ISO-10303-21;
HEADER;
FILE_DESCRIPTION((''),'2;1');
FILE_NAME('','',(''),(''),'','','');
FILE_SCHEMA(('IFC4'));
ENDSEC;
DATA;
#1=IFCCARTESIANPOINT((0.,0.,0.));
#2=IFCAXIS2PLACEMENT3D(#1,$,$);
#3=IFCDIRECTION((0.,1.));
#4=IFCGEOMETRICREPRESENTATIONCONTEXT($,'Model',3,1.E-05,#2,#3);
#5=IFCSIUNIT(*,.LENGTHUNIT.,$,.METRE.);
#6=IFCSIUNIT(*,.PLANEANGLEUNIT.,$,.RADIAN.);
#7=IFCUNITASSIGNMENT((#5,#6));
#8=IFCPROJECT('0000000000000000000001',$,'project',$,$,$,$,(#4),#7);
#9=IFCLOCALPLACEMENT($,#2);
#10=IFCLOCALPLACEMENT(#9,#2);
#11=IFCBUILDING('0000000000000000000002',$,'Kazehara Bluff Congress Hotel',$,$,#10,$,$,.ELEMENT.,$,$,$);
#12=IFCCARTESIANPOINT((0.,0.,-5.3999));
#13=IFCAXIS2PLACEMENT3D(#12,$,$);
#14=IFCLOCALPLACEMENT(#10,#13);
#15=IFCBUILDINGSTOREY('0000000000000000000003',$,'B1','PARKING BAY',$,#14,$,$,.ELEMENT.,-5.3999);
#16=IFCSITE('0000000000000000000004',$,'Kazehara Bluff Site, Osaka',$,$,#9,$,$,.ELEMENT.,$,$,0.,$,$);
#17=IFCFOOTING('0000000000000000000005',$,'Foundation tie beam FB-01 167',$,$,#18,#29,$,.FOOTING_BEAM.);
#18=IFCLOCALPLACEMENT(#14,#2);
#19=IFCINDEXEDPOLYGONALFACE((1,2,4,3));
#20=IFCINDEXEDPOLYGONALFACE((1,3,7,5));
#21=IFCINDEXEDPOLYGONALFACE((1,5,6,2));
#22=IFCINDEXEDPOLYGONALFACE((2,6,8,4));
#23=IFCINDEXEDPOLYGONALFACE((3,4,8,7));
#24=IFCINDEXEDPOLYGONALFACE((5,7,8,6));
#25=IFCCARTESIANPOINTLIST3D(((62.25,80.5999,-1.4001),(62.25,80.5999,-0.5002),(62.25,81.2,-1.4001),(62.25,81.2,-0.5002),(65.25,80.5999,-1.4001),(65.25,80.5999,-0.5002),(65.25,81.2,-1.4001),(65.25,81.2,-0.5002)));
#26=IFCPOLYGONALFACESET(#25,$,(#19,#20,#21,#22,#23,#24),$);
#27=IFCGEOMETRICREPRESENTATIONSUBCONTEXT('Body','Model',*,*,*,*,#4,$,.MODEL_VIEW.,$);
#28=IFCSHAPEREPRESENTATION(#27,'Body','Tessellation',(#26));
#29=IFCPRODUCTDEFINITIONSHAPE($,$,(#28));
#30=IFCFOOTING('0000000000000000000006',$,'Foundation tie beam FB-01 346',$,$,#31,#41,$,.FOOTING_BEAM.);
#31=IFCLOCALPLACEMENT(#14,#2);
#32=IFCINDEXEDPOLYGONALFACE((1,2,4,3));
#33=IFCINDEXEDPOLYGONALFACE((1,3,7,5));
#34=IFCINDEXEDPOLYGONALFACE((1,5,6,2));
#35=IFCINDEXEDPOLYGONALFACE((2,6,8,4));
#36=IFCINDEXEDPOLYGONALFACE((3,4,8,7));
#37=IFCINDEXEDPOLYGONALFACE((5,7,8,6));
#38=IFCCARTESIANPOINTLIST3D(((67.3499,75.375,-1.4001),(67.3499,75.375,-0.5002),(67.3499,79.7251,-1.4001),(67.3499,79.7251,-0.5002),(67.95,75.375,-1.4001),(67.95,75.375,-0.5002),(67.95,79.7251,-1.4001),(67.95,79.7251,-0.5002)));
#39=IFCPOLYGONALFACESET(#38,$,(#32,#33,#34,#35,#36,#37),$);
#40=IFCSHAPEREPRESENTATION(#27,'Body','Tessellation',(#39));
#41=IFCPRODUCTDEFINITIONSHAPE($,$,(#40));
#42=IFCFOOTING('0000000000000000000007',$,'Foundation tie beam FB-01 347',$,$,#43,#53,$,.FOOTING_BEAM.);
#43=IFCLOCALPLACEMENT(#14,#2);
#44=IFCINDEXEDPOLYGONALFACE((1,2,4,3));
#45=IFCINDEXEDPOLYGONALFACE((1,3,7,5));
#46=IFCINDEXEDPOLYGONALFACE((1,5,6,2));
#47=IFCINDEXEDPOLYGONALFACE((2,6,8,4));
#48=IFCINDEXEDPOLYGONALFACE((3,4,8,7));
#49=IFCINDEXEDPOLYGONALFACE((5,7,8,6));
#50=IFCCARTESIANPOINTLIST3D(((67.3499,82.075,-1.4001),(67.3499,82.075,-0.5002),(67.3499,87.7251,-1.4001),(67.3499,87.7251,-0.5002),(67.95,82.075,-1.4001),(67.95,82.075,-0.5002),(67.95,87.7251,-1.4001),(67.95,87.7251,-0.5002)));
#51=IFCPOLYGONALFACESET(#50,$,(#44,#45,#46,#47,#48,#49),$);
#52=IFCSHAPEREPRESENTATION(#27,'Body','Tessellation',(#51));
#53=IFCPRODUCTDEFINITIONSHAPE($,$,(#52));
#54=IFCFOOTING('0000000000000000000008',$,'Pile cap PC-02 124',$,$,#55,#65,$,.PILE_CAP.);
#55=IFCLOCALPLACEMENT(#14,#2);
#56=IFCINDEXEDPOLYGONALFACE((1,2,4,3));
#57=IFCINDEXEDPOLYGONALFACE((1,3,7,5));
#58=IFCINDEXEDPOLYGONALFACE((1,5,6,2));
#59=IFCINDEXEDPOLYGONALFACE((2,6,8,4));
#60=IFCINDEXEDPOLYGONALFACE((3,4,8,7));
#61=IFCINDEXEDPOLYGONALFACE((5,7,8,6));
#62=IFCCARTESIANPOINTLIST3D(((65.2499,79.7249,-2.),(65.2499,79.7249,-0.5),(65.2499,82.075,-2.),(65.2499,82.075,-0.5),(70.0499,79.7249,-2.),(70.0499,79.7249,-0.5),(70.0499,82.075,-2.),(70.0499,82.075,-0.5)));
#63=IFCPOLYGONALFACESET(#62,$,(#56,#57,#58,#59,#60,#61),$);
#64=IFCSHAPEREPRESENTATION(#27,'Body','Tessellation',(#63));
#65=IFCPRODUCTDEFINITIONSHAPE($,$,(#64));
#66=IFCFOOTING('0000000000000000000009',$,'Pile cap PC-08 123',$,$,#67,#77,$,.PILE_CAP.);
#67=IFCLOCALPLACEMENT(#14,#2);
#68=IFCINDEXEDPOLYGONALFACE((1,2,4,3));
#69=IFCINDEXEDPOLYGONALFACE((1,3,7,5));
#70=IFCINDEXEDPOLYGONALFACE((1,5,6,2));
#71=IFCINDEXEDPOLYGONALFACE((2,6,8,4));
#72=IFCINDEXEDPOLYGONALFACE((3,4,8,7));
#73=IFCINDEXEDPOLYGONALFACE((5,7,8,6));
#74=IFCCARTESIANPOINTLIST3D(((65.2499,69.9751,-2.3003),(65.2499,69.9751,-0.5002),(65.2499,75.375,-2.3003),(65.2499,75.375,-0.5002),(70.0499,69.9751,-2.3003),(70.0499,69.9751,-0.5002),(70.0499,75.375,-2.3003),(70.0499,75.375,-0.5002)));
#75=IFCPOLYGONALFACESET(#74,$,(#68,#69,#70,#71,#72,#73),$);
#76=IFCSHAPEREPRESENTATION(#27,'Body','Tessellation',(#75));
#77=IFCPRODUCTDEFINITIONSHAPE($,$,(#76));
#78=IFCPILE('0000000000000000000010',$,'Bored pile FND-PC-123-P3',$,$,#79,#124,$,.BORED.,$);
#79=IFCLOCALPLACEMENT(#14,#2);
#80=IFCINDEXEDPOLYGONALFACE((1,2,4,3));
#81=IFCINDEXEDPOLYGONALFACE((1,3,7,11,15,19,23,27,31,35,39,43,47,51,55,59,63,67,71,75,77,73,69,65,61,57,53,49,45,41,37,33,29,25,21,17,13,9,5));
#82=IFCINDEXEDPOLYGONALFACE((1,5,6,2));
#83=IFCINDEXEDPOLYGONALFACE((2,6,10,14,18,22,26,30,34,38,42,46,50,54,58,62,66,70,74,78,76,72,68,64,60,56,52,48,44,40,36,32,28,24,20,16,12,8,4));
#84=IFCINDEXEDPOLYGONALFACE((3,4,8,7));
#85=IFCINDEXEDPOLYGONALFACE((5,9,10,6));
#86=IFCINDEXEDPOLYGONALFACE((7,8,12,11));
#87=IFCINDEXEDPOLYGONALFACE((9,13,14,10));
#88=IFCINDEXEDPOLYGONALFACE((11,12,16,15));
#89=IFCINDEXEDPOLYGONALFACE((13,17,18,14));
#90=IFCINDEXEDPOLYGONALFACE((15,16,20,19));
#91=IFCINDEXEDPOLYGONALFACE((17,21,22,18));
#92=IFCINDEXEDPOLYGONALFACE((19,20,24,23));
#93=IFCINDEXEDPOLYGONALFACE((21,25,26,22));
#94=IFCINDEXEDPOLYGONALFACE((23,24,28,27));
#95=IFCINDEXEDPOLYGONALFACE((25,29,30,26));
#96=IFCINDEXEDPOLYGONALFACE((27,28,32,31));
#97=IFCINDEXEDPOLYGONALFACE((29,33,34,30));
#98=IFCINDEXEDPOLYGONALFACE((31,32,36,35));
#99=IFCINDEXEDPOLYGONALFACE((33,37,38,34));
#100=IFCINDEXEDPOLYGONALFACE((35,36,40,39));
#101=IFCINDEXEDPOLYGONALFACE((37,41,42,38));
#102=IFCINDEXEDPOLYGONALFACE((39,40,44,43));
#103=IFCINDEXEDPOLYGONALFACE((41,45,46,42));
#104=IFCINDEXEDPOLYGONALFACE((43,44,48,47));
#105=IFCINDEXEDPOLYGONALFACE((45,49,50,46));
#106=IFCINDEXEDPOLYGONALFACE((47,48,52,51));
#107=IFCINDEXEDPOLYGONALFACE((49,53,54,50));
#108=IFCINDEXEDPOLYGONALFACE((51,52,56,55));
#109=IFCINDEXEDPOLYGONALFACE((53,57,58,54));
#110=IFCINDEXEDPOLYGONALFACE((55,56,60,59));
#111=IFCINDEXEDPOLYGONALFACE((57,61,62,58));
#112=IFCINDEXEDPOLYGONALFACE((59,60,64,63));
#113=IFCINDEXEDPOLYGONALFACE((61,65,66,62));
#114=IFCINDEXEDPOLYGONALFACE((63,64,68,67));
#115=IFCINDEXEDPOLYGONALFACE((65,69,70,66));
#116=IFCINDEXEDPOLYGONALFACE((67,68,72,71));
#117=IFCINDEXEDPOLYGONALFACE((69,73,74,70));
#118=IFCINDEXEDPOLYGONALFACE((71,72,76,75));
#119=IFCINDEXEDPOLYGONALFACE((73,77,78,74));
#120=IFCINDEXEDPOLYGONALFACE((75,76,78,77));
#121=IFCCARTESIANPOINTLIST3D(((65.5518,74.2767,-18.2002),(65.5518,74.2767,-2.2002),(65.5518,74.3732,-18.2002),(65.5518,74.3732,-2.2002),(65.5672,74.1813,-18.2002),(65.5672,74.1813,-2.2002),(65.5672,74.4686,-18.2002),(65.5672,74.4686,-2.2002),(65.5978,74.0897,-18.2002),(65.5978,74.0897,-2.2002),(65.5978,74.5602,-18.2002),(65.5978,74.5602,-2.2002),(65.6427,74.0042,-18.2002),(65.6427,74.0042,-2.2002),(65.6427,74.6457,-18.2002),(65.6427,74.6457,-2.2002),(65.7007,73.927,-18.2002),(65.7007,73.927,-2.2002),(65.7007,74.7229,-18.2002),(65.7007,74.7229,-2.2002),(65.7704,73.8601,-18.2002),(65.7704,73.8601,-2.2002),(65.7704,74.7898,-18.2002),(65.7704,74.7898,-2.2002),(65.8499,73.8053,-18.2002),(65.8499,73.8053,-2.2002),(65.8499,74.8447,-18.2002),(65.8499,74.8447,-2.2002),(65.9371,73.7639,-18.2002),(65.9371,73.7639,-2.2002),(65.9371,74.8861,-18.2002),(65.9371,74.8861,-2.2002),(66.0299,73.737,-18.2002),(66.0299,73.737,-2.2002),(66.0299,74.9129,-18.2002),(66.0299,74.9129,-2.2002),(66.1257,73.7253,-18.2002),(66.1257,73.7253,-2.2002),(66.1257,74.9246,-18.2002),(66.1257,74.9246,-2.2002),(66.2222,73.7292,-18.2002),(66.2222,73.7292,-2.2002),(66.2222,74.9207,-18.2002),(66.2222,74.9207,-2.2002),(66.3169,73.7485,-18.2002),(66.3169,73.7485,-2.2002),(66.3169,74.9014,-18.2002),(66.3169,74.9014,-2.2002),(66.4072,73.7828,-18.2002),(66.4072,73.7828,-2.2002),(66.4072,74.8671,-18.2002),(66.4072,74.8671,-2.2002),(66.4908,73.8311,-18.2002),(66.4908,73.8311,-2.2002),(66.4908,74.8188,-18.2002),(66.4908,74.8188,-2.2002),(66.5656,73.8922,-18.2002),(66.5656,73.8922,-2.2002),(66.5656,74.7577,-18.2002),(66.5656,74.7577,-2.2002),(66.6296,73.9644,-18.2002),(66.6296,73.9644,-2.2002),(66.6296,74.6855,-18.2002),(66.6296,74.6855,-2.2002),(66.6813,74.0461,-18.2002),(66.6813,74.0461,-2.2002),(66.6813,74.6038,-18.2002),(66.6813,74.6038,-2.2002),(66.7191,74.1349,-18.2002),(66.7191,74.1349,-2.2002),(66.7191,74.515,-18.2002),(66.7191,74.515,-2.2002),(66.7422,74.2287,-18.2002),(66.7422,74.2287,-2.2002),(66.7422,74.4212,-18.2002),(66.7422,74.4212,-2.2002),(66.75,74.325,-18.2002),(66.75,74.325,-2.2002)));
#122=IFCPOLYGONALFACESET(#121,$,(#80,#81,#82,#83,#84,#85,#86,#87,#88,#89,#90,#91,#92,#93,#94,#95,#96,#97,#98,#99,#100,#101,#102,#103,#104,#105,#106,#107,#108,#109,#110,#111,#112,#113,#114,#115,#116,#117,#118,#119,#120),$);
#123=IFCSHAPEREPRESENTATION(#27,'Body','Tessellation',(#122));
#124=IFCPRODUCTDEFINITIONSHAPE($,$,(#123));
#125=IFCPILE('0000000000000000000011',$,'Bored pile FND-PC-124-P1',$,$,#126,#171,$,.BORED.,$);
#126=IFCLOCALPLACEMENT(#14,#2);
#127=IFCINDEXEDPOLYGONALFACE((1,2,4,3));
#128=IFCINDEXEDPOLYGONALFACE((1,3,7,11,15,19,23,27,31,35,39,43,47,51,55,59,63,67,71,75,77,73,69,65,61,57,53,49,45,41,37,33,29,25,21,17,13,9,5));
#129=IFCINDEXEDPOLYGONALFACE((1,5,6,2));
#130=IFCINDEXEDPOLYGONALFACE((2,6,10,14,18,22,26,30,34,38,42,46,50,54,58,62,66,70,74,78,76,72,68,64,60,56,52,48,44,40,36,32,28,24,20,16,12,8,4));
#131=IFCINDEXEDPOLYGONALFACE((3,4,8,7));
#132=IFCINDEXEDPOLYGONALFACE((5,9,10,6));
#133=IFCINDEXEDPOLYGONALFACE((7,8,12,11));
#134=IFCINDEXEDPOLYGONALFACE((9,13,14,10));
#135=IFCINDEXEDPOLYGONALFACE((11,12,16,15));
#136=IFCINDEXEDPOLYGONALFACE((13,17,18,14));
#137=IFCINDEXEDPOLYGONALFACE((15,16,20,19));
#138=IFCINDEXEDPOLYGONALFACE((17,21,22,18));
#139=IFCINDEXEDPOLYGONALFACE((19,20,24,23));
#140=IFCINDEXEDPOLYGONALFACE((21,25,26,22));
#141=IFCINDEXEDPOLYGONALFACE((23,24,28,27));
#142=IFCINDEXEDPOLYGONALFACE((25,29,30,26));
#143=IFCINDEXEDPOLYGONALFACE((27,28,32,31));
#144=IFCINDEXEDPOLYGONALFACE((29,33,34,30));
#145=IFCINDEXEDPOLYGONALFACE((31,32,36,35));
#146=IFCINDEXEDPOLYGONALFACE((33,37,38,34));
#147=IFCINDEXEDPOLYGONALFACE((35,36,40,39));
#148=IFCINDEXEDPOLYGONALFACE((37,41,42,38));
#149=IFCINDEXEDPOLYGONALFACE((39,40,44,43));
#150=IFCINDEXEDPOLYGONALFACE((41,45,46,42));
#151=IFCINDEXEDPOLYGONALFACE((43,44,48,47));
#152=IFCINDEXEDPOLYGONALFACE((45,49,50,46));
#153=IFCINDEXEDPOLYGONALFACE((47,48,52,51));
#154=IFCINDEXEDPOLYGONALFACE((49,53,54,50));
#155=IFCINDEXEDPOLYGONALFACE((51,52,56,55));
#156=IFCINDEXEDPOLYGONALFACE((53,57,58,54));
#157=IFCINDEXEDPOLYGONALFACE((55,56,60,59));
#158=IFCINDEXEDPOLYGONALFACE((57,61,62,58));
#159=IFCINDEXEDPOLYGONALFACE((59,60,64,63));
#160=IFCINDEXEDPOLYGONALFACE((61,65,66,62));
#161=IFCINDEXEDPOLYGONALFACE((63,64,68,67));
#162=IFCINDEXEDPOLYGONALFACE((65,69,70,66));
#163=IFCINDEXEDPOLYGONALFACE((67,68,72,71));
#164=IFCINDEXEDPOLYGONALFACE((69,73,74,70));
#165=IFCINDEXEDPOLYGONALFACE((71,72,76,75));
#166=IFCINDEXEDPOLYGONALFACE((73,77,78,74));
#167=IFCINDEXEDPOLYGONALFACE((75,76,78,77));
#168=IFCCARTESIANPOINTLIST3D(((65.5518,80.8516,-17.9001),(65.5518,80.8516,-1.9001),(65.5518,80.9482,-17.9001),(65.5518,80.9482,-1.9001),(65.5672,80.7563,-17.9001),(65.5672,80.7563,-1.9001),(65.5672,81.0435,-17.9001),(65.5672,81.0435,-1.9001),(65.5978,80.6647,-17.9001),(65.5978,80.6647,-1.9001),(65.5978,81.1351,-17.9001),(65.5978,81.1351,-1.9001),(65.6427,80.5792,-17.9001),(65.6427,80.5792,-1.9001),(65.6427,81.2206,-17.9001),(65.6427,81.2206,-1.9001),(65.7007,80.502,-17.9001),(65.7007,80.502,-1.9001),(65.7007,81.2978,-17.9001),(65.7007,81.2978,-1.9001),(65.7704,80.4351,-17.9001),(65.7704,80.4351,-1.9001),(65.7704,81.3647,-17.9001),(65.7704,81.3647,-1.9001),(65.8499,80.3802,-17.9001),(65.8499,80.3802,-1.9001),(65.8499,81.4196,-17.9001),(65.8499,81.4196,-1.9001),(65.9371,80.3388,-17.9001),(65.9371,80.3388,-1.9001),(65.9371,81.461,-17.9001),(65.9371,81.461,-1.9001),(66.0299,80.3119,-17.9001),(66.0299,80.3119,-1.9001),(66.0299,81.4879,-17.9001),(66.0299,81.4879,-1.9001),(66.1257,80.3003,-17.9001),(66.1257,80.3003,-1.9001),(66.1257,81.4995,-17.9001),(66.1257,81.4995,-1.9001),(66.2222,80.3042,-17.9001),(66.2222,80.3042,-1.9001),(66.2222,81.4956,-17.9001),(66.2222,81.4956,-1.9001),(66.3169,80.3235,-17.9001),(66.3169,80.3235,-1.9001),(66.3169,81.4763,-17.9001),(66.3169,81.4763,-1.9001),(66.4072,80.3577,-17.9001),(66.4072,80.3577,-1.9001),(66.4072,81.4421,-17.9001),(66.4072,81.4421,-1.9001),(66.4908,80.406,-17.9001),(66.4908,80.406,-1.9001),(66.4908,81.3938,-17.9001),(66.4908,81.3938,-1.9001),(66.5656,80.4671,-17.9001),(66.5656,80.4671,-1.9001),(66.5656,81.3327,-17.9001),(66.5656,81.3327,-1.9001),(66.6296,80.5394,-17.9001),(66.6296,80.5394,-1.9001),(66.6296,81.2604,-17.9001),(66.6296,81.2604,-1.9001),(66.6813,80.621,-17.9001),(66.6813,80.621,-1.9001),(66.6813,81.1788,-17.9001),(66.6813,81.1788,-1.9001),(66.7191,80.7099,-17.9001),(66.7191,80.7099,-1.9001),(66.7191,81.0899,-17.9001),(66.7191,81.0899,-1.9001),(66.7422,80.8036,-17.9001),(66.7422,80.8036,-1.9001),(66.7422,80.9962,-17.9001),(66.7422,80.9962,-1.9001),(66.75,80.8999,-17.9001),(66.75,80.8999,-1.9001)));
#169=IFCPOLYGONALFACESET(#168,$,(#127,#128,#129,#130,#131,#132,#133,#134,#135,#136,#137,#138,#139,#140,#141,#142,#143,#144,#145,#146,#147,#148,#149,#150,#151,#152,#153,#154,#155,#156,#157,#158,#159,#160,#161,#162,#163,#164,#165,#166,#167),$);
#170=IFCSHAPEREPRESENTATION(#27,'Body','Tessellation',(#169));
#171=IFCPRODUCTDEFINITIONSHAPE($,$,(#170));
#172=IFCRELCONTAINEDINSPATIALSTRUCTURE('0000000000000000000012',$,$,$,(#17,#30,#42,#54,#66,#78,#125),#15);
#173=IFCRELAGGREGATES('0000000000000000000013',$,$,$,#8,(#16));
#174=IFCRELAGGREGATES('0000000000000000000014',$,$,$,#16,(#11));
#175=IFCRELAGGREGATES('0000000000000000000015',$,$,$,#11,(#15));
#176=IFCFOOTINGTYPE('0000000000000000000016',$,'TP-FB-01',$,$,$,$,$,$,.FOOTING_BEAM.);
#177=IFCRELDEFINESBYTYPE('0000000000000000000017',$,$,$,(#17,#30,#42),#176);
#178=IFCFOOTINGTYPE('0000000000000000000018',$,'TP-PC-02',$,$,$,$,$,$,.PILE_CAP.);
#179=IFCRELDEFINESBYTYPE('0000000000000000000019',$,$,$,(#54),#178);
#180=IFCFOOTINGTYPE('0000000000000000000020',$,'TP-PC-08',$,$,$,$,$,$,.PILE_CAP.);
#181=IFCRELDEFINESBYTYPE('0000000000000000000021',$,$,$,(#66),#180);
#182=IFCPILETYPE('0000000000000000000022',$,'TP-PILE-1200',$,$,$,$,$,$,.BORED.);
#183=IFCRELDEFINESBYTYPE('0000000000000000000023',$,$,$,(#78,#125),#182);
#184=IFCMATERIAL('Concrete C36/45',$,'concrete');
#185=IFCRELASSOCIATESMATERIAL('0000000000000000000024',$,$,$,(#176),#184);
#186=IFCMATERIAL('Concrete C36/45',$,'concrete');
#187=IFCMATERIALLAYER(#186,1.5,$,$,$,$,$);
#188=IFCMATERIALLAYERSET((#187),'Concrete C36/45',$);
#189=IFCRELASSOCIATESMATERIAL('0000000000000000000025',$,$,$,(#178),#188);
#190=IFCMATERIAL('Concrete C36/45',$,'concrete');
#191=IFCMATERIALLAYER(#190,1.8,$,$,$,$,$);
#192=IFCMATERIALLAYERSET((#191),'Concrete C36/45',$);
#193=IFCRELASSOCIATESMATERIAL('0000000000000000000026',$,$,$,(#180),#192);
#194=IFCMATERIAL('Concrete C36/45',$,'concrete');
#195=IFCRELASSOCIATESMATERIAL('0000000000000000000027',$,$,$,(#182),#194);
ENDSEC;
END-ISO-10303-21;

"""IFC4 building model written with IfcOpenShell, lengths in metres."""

from ifc_helpers import new_model, si_unit, direction, frame, origin, origin_2d, place, context, subcontext, project, spatial, rectangle, circle, extrude, material, layer, layer_set, material_profile, profile_set, type_object, element, save


model = new_model("IFC4")

# Units and contexts
model_context = context("Model", 3, precision=1e-05, world=origin(), true_north=direction((0.0, 1.0)))
body_context = subcontext(model_context, "Body", "Model", "MODEL_VIEW")
ifc_project = project(units=[si_unit("LENGTHUNIT", "METRE"), si_unit("PLANEANGLEUNIT", "RADIAN")], contexts=[model_context])

# Site, building, storey
site_placement = place(None, origin())
site = spatial("IfcSite", under=ifc_project, at=site_placement, Name="Kazehara Bluff Site, Osaka", CompositionType="ELEMENT", RefElevation=0.0)
building_placement = place(site_placement, origin())
building = spatial("IfcBuilding", under=site, at=building_placement, Name="Kazehara Bluff Congress Hotel", CompositionType="ELEMENT")
storey_placement = place(building_placement, frame((0.0, 0.0, -5.3999)))
storey = spatial("IfcBuildingStorey", under=building, at=storey_placement, Name="B1", Description="PARKING BAY", CompositionType="ELEMENT", Elevation=-5.3999)

# Footings
ifc_material_1 = material(Name="Concrete C36/45", Category="concrete")
ifc_material_profile_1 = material_profile(ifc_material_1, rectangle(XDim=0.6001, YDim=0.8999, at=origin_2d()))
ifc_profile_set_1 = profile_set([ifc_material_profile_1], Name="Concrete C36/45")
footing_type_1 = type_object("IfcFootingType", Name="TP-FB-01", PredefinedType="FOOTING_BEAM", material=ifc_profile_set_1)
footing_1_placement = place(storey_placement, frame((62.25, 80.8999, -0.9502), z_axis=(1.0, 0.0, 0.0), x_axis=(0.0, 1.0, 0.0)))
element("IfcFooting", 1, at=footing_1_placement, inside=storey, type_object=footing_type_1, Name="Foundation tie beam FB-01 167", PredefinedType="FOOTING_BEAM", context=body_context, shape_type="SweptSolid", body=[
    extrude(rectangle(XDim=0.6001, YDim=0.8999, at=origin_2d()), origin(), (0.0, 0.0, 1.0), 3.0),
])
footing_2_placement = place(storey_placement, frame((67.6499, 75.375, -0.9502), z_axis=(0.0, 1.0, 0.0), x_axis=(-1.0, 0.0, 0.0)))
element("IfcFooting", 2, at=footing_2_placement, inside=storey, type_object=footing_type_1, Name="Foundation tie beam FB-01 346", PredefinedType="FOOTING_BEAM", context=body_context, shape_type="SweptSolid", body=[
    extrude(rectangle(XDim=0.6001, YDim=0.8999, at=origin_2d()), origin(), (0.0, 0.0, 1.0), 4.3501),
])
footing_3_placement = place(storey_placement, frame((67.6499, 82.075, -0.9502), z_axis=(0.0, 1.0, 0.0), x_axis=(-1.0, 0.0, 0.0)))
element("IfcFooting", 3, at=footing_3_placement, inside=storey, type_object=footing_type_1, Name="Foundation tie beam FB-01 347", PredefinedType="FOOTING_BEAM", context=body_context, shape_type="SweptSolid", body=[
    extrude(rectangle(XDim=0.6001, YDim=0.8999, at=origin_2d()), origin(), (0.0, 0.0, 1.0), 5.6501),
])
ifc_material_2 = material(Name="Concrete C36/45", Category="concrete")
ifc_layer_1 = layer(ifc_material_2, 1.5)
ifc_layer_set_1 = layer_set([ifc_layer_1], Name="Concrete C36/45")
footing_type_2 = type_object("IfcFootingType", Name="TP-PC-02", PredefinedType="PILE_CAP", material=ifc_layer_set_1)
footing_4_placement = place(storey_placement, frame((67.6499, 80.8999, -2.0), z_axis=(0.0, 0.0, 1.0), x_axis=(1.0, 0.0, 0.0)))
element("IfcFooting", 4, at=footing_4_placement, inside=storey, type_object=footing_type_2, Name="Pile cap PC-02 124", PredefinedType="PILE_CAP", context=body_context, shape_type="SweptSolid", body=[
    extrude(rectangle(XDim=4.8, YDim=2.3501, at=origin_2d()), origin(), (0.0, 0.0, 1.0), 1.5),
])
ifc_material_3 = material(Name="Concrete C36/45", Category="concrete")
ifc_layer_2 = layer(ifc_material_3, 1.8)
ifc_layer_set_2 = layer_set([ifc_layer_2], Name="Concrete C36/45")
footing_type_3 = type_object("IfcFootingType", Name="TP-PC-08", PredefinedType="PILE_CAP", material=ifc_layer_set_2)
footing_5_placement = place(storey_placement, frame((67.6499, 72.675, -2.3003), z_axis=(0.0, 0.0, 1.0), x_axis=(1.0, 0.0, 0.0)))
element("IfcFooting", 5, at=footing_5_placement, inside=storey, type_object=footing_type_3, Name="Pile cap PC-08 123", PredefinedType="PILE_CAP", context=body_context, shape_type="SweptSolid", body=[
    extrude(rectangle(XDim=4.8, YDim=5.3999, at=origin_2d()), origin(), (0.0, 0.0, 1.0), 1.8),
])

# Piles
ifc_material_4 = material(Name="Concrete C36/45", Category="concrete")
ifc_material_profile_2 = material_profile(ifc_material_4, circle(Radius=0.6001, at=origin_2d()))
ifc_profile_set_2 = profile_set([ifc_material_profile_2], Name="Concrete C36/45")
pile_type_1 = type_object("IfcPileType", Name="TP-PILE-1200", PredefinedType="BORED", material=ifc_profile_set_2)
for number, where, z_axis, x_axis, name in (
    (6, (66.1499, 74.325, -2.2002), (0.0, 0.0, -1.0), (1.0, 0.0, 0.0), "Bored pile FND-PC-123-P3"),
    (7, (66.1499, 80.8999, -1.9001), (0.0, 0.0, -1.0), (1.0, 0.0, 0.0), "Bored pile FND-PC-124-P1"),
):
    element("IfcPile", number, at=place(storey_placement, frame(where, z_axis=z_axis, x_axis=x_axis)), inside=storey, type_object=pile_type_1, Name=name, PredefinedType="BORED", context=body_context, shape_type="SweptSolid", body=[
        extrude(circle(Radius=0.6001, at=origin_2d()), origin(), (0.0, 0.0, 1.0), 16.0),
    ])

save(model, "model.ifc")
